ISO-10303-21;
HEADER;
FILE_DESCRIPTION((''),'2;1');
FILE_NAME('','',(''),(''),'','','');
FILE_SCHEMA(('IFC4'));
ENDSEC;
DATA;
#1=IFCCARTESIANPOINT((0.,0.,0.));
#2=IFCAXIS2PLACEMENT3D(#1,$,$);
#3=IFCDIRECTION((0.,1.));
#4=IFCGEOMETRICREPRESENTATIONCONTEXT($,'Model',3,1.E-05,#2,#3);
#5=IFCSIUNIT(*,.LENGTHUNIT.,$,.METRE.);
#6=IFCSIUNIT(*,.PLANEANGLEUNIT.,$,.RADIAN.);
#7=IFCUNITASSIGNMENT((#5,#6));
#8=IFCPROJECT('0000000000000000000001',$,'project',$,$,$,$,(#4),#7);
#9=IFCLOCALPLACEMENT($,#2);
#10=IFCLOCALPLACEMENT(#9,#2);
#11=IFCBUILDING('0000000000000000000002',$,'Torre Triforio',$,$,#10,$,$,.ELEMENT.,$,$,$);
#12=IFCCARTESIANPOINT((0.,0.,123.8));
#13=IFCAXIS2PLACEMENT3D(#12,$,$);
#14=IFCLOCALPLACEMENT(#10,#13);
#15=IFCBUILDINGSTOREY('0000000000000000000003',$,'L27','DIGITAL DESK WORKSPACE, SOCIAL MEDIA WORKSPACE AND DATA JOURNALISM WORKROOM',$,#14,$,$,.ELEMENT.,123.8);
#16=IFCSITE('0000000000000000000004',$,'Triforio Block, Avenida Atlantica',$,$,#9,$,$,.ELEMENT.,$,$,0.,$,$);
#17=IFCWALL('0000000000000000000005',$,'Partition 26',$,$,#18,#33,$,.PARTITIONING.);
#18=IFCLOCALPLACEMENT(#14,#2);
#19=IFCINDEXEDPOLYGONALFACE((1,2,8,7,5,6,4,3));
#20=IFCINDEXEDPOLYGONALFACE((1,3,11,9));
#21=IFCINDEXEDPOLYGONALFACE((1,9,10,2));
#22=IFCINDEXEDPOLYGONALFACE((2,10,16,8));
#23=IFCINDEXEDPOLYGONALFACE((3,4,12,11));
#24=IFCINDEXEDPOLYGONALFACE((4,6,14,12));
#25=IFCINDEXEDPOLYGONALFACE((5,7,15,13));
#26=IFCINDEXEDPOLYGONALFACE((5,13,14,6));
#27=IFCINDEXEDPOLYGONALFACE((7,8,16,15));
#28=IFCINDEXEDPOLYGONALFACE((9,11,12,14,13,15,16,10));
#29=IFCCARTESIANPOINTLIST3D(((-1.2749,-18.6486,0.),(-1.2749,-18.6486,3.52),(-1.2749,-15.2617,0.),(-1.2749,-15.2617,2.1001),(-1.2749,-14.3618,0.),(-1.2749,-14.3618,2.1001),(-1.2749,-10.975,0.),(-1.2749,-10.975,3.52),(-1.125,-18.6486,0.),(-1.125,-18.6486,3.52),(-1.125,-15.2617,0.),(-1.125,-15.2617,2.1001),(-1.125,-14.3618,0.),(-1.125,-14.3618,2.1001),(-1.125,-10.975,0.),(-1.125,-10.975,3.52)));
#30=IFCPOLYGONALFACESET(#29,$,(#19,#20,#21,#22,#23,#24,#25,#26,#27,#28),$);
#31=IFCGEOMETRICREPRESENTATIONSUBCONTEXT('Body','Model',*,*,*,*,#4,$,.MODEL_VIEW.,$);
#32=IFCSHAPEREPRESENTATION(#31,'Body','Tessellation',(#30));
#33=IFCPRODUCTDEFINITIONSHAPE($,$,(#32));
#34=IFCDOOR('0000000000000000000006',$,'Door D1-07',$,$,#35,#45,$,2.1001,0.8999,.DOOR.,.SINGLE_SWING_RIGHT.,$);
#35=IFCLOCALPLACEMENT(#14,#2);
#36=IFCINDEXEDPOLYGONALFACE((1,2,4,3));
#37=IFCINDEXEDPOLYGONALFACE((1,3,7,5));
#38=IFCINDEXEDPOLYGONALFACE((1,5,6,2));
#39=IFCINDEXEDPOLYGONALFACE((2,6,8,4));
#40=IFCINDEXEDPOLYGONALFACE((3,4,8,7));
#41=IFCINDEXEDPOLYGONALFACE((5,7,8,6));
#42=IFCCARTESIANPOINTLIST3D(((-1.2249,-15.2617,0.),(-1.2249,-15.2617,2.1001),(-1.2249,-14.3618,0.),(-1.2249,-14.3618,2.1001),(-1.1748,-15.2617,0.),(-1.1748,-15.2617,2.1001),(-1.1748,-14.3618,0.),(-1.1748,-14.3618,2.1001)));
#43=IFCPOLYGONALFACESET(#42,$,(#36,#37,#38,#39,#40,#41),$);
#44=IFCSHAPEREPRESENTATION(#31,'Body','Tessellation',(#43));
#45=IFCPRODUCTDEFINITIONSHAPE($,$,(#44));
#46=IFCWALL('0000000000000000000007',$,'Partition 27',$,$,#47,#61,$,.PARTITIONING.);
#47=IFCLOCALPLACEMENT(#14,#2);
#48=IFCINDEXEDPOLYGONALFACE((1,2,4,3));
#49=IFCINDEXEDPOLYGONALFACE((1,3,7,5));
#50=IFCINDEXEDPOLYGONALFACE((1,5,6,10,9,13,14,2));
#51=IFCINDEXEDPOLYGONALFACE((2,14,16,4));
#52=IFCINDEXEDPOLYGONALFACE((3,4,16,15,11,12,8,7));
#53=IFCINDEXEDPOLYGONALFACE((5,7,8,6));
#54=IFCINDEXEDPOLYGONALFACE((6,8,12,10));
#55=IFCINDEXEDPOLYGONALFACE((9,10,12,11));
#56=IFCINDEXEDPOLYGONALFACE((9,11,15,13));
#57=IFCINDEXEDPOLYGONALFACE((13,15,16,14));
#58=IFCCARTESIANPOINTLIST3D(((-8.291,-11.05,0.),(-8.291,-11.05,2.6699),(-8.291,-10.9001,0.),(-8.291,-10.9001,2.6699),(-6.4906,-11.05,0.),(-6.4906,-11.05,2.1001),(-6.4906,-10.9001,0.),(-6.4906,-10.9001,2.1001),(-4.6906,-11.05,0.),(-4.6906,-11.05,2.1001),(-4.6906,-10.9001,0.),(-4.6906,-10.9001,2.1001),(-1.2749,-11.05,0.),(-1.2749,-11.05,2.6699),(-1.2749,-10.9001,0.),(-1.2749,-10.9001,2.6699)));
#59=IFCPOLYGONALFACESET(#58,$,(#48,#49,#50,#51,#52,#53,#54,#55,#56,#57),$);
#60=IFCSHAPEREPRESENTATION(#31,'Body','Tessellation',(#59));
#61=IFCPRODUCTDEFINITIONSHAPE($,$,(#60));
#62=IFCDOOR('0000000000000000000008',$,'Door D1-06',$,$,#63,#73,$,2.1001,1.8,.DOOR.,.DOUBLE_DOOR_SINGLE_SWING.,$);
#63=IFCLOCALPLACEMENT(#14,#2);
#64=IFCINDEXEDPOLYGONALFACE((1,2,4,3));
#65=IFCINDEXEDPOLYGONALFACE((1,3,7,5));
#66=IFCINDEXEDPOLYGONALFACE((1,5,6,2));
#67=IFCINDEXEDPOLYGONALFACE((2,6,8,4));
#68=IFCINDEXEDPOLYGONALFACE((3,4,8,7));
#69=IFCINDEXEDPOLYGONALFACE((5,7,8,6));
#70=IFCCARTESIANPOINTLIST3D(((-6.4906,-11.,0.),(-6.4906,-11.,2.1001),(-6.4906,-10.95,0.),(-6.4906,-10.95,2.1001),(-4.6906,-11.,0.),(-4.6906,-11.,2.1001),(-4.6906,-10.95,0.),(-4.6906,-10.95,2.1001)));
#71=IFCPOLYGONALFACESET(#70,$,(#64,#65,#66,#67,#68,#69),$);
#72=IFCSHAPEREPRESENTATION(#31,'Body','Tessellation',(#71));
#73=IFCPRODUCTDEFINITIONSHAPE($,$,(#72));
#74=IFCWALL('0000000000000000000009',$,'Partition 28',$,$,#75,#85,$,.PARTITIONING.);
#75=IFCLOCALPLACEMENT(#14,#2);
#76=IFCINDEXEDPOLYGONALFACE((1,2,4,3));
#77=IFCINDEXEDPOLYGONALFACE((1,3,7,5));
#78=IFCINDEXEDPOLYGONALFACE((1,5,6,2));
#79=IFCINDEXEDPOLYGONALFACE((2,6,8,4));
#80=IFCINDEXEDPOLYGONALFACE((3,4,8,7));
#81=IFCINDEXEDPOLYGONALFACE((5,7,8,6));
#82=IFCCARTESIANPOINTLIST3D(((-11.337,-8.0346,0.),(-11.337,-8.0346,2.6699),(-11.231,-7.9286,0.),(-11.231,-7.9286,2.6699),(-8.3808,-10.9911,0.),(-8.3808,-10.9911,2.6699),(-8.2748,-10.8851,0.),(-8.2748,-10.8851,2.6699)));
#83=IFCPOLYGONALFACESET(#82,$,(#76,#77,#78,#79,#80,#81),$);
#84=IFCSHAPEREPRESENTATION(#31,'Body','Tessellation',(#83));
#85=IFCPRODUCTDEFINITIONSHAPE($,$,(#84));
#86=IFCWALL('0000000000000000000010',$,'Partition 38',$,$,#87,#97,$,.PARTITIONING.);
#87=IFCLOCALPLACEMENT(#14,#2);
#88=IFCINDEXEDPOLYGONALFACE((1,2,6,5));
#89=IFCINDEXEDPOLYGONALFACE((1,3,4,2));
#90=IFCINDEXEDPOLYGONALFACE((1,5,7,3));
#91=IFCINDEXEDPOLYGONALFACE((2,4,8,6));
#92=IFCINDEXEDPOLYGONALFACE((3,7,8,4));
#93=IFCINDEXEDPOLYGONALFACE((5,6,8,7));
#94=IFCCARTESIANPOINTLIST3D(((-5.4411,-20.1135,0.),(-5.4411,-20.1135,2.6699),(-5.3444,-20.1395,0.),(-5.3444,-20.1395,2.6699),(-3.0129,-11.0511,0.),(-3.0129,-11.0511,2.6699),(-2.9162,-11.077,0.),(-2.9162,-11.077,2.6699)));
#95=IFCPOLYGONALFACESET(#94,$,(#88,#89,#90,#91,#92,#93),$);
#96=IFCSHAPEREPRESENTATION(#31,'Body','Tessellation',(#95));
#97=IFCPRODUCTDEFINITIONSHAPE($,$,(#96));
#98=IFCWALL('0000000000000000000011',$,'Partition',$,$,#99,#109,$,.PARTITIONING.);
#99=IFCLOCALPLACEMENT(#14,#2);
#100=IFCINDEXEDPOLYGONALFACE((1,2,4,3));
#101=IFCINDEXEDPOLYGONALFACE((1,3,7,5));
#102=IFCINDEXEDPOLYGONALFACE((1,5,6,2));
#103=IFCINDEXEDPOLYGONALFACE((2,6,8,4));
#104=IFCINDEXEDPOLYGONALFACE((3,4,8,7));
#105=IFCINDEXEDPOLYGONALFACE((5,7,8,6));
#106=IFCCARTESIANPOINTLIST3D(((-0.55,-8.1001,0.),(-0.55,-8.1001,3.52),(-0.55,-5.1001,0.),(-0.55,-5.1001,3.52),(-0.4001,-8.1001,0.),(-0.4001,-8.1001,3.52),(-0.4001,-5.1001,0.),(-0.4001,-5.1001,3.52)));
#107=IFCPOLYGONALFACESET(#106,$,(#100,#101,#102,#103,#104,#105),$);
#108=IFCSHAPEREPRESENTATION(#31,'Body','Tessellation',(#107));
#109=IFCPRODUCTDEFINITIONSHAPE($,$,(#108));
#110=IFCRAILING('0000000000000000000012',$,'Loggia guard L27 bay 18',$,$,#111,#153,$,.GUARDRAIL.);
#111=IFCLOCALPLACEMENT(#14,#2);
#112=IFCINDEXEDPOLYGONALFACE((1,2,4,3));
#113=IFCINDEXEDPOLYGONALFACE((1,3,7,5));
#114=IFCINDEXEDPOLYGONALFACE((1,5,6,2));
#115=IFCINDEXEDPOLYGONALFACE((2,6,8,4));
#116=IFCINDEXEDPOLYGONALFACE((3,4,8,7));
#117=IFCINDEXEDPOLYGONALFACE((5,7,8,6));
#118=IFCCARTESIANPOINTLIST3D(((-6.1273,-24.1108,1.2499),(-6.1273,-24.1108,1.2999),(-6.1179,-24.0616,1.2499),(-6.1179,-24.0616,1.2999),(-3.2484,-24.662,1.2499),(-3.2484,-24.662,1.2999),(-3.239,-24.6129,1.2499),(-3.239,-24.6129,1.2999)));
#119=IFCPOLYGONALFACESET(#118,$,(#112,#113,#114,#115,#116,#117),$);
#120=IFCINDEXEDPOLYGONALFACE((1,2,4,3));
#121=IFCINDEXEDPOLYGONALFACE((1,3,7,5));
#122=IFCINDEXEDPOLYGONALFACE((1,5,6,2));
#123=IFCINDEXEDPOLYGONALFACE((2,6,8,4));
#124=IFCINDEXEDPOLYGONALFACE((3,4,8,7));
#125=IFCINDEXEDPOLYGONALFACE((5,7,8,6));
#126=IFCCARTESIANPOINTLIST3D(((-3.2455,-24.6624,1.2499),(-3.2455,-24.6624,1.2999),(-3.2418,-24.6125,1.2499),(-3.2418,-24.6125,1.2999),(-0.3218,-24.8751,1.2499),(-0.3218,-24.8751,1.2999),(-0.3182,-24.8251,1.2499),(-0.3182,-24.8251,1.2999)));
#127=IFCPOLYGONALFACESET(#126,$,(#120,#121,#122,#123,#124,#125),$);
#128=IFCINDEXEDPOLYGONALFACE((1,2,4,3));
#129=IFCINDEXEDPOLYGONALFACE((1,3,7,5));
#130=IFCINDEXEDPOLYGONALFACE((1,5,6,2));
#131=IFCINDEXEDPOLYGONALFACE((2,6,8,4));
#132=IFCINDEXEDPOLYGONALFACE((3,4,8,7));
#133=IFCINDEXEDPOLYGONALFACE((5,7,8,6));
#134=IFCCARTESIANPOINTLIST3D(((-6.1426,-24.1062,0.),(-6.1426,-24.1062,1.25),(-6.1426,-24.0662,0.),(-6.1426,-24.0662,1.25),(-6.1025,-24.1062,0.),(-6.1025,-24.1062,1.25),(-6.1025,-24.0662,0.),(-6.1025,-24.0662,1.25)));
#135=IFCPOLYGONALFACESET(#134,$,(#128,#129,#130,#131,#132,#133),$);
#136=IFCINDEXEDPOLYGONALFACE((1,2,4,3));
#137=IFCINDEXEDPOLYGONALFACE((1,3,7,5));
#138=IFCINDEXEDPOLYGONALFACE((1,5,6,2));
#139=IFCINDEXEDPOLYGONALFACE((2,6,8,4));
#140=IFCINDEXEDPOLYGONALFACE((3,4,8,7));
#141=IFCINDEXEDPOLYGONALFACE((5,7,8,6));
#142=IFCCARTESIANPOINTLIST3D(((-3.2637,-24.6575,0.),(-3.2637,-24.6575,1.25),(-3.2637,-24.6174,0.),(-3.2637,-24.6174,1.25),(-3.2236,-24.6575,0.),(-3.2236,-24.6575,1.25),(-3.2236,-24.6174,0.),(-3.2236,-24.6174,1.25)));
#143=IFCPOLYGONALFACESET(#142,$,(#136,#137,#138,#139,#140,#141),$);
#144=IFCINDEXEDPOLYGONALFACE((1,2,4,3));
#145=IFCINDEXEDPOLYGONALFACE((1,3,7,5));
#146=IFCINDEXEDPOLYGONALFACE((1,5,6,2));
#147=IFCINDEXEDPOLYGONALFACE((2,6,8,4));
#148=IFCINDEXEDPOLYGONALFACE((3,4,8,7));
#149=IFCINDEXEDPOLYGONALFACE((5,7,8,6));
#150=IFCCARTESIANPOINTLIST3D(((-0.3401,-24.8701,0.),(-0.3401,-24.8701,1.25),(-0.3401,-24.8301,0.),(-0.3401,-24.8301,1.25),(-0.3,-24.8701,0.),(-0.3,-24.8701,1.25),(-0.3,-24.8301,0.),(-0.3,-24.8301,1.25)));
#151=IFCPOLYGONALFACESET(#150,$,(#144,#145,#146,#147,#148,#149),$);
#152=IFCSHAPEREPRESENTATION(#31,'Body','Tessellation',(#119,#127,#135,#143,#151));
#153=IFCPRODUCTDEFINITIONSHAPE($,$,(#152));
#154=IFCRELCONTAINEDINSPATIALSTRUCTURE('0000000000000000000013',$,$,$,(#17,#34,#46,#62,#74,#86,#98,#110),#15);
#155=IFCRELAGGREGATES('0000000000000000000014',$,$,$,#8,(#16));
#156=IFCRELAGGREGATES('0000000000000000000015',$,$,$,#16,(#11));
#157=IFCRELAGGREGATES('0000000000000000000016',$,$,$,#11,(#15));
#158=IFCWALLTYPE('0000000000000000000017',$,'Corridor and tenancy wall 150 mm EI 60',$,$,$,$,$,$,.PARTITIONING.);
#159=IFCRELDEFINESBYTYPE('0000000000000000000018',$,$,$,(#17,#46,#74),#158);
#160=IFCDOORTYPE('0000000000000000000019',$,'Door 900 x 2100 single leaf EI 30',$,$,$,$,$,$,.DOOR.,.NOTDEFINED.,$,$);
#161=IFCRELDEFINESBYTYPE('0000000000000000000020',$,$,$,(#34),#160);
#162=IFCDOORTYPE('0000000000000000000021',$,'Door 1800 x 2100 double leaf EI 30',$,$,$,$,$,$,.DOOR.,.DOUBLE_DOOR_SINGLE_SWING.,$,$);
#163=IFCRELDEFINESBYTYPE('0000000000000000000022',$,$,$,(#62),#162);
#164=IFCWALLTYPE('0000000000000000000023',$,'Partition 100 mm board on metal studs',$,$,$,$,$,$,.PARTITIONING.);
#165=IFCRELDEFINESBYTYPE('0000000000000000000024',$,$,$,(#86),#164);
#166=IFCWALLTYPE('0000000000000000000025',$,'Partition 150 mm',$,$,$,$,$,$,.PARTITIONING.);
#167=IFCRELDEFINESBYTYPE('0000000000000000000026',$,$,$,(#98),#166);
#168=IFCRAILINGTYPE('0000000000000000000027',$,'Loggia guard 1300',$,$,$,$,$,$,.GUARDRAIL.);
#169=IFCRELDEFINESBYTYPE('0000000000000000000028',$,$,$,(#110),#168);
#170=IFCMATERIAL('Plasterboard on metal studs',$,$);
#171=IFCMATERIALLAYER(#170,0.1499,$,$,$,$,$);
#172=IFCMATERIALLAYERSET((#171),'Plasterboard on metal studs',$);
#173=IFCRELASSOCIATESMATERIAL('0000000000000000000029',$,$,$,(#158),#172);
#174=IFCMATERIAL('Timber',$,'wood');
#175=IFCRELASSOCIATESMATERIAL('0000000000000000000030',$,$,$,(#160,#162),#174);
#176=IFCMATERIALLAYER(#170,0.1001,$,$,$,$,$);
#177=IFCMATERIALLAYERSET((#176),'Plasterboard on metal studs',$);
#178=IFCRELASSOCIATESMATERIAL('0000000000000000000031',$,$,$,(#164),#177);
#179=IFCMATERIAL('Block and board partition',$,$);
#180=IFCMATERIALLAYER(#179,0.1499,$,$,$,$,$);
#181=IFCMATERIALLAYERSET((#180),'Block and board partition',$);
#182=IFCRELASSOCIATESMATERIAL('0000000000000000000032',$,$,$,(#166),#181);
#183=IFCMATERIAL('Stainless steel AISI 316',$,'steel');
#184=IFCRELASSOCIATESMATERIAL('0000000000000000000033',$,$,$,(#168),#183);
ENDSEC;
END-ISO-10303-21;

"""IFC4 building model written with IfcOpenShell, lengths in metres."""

from ifc_helpers import new_model, si_unit, direction, frame, frame_2d, origin, origin_2d, place, context, subcontext, project, spatial, rectangle, extrude, material, layer, layer_set, type_object, element, fill, save


model = new_model("IFC4")

# Units and contexts
model_context = context("Model", 3, precision=1e-05, world=origin(), true_north=direction((0.0, 1.0)))
body_context = subcontext(model_context, "Body", "Model", "MODEL_VIEW")
ifc_project = project(units=[si_unit("LENGTHUNIT", "METRE"), si_unit("PLANEANGLEUNIT", "RADIAN")], contexts=[model_context])

# Site, building, storey
site_placement = place(None, origin())
site = spatial("IfcSite", under=ifc_project, at=site_placement, Name="Triforio Block, Avenida Atlantica", CompositionType="ELEMENT", RefElevation=0.0)
building_placement = place(site_placement, origin())
building = spatial("IfcBuilding", under=site, at=building_placement, Name="Torre Triforio", CompositionType="ELEMENT")
storey_placement = place(building_placement, frame((0.0, 0.0, 123.8)))
storey = spatial("IfcBuildingStorey", under=building, at=storey_placement, Name="L27", Description="DIGITAL DESK WORKSPACE, SOCIAL MEDIA WORKSPACE AND DATA JOURNALISM WORKROOM", CompositionType="ELEMENT", Elevation=123.8)

# Walls, openings, doors
ifc_material_1 = material(Name="Plasterboard on metal studs")
ifc_layer_1 = layer(ifc_material_1, 0.1499)
ifc_layer_set_1 = layer_set([ifc_layer_1], Name="Plasterboard on metal studs")
wall_type_1 = type_object("IfcWallType", Name="Corridor and tenancy wall 150 mm EI 60", PredefinedType="PARTITIONING", material=ifc_layer_set_1)
wall_1_placement = place(storey_placement, frame((-1.2, -18.6487, 0.0), z_axis=(0.0, 0.0, 1.0), x_axis=(0.0, 1.0, 0.0)))
wall_1 = element("IfcWall", 1, at=wall_1_placement, inside=storey, type_object=wall_type_1, Name="Partition 26", PredefinedType="PARTITIONING", context=body_context, shape_type="SweptSolid", body=[
    extrude(rectangle(XDim=7.6736, YDim=0.1499, at=frame_2d((3.8369, 0.0))), origin(), (0.0, 0.0, 1.0), 3.52),
])
opening_1_placement = place(wall_1_placement, frame((3.387, 0.0, 0.0)))
opening_1 = element("IfcOpeningElement", 2, at=opening_1_placement, cuts=wall_1, PredefinedType="OPENING", context=body_context, shape_type="SweptSolid", body=[
    extrude(rectangle(XDim=0.8999, YDim=2.1001, at=frame_2d((0.45, 1.05))), frame((0.0, 0.085, 0.0), z_axis=(0.0, -1.0, 0.0), x_axis=(1.0, 0.0, 0.0)), (0.0, 0.0, 1.0), 0.1699),
])
ifc_material_2 = material(Name="Timber", Category="wood")
door_type_1 = type_object("IfcDoorType", Name="Door 900 x 2100 single leaf EI 30", OperationType="NOTDEFINED", PredefinedType="DOOR", material=ifc_material_2)
door_1_placement = place(opening_1_placement, origin())
door_1 = element("IfcDoor", 3, at=door_1_placement, inside=storey, type_object=door_type_1, Name="Door D1-07", OperationType="SINGLE_SWING_RIGHT", OverallHeight=2.1001, OverallWidth=0.8999, PredefinedType="DOOR", context=body_context, shape_type="SweptSolid", body=[
    extrude(rectangle(XDim=0.8999, YDim=2.1001, at=frame_2d((0.45, 1.05))), frame((0.0, 0.0249, 0.0), z_axis=(0.0, -1.0, 0.0), x_axis=(1.0, 0.0, 0.0)), (0.0, 0.0, 1.0), 0.05),
])
fill(opening_1, door_1)
wall_2_placement = place(storey_placement, frame((-1.2749, -10.9751, 0.0), z_axis=(0.0, 0.0, 1.0), x_axis=(-1.0, 0.0, 0.0)))
wall_2 = element("IfcWall", 4, at=wall_2_placement, inside=storey, type_object=wall_type_1, Name="Partition 27", PredefinedType="PARTITIONING", context=body_context, shape_type="SweptSolid", body=[
    extrude(rectangle(XDim=7.0161, YDim=0.1499, at=frame_2d((3.5081, 0.0))), origin(), (0.0, 0.0, 1.0), 2.6699),
])
opening_2_placement = place(wall_2_placement, frame((3.4158, 0.0, 0.0)))
opening_2 = element("IfcOpeningElement", 5, at=opening_2_placement, cuts=wall_2, PredefinedType="OPENING", context=body_context, shape_type="SweptSolid", body=[
    extrude(rectangle(XDim=1.8, YDim=2.1001, at=frame_2d((0.8999, 1.05))), frame((0.0, 0.085, 0.0), z_axis=(0.0, -1.0, 0.0), x_axis=(1.0, 0.0, 0.0)), (0.0, 0.0, 1.0), 0.1699),
])
door_type_2 = type_object("IfcDoorType", Name="Door 1800 x 2100 double leaf EI 30", OperationType="DOUBLE_DOOR_SINGLE_SWING", PredefinedType="DOOR", material=ifc_material_2)
door_2_placement = place(opening_2_placement, origin())
door_2 = element("IfcDoor", 6, at=door_2_placement, inside=storey, type_object=door_type_2, Name="Door D1-06", OperationType="DOUBLE_DOOR_SINGLE_SWING", OverallHeight=2.1001, OverallWidth=1.8, PredefinedType="DOOR", context=body_context, shape_type="SweptSolid", body=[
    extrude(rectangle(XDim=1.8, YDim=2.1001, at=frame_2d((0.8999, 1.05))), frame((0.0, 0.0249, 0.0), z_axis=(0.0, -1.0, 0.0), x_axis=(1.0, 0.0, 0.0)), (0.0, 0.0, 1.0), 0.05),
])
fill(opening_2, door_2)

# Walls
wall_3_placement = place(storey_placement, frame((-8.3279, -10.938, 0.0), z_axis=(0.0, 0.0, 1.0), x_axis=(-0.707078, 0.707136, 0.0)))
element("IfcWall", 7, at=wall_3_placement, inside=storey, type_object=wall_type_1, Name="Partition 28", PredefinedType="PARTITIONING", context=body_context, shape_type="SweptSolid", body=[
    extrude(rectangle(XDim=4.1809, YDim=0.1499, at=frame_2d((2.0903, 0.0))), origin(), (0.0, 0.0, 1.0), 2.6699),
])
ifc_layer_2 = layer(ifc_material_1, 0.1001)
ifc_layer_set_2 = layer_set([ifc_layer_2], Name="Plasterboard on metal studs")
wall_type_2 = type_object("IfcWallType", Name="Partition 100 mm board on metal studs", PredefinedType="PARTITIONING", material=ifc_layer_set_2)
wall_4_placement = place(storey_placement, frame((-2.9646, -11.0642, 0.0), z_axis=(0.0, 0.0, 1.0), x_axis=(-0.258812, -0.965928, 0.0)))
element("IfcWall", 8, at=wall_4_placement, inside=storey, type_object=wall_type_2, Name="Partition 38", PredefinedType="PARTITIONING", context=body_context, shape_type="SweptSolid", body=[
    extrude(rectangle(XDim=9.3821, YDim=0.1001, at=frame_2d((4.6909, 0.0))), origin(), (0.0, 0.0, 1.0), 2.6699),
])
ifc_material_3 = material(Name="Block and board partition")
ifc_layer_3 = layer(ifc_material_3, 0.1499)
ifc_layer_set_3 = layer_set([ifc_layer_3], Name="Block and board partition")
wall_type_3 = type_object("IfcWallType", Name="Partition 150 mm", PredefinedType="PARTITIONING", material=ifc_layer_set_3)
wall_5_placement = place(storey_placement, frame((-0.4751, -8.1001, 0.0), z_axis=(0.0, 0.0, 1.0), x_axis=(0.0, 1.0, 0.0)))
element("IfcWall", 9, at=wall_5_placement, inside=storey, type_object=wall_type_3, Name="Partition", PredefinedType="PARTITIONING", context=body_context, shape_type="SweptSolid", body=[
    extrude(rectangle(XDim=3.0, YDim=0.1499, at=frame_2d((1.5, 0.0))), origin(), (0.0, 0.0, 1.0), 3.52),
])

# Railing
ifc_material_4 = material(Name="Stainless steel AISI 316", Category="steel")
railing_type = type_object("IfcRailingType", Name="Loggia guard 1300", PredefinedType="GUARDRAIL", material=ifc_material_4)
railing_placement = place(storey_placement, frame((-6.1226, -24.0862, 0.0)))
element("IfcRailing", 10, at=railing_placement, inside=storey, type_object=railing_type, Name="Loggia guard L27 bay 18", PredefinedType="GUARDRAIL", context=body_context, shape_type="SweptSolid", body=[
    extrude(rectangle(XDim=0.05, YDim=0.05, at=origin_2d()), frame((0.0, 0.0, 1.2749), z_axis=(0.982156, -0.188069, 0.0), x_axis=(0.188069, 0.982156, 0.0)), (0.0, 0.0, 1.0), 2.9312),
    extrude(rectangle(XDim=0.05, YDim=0.05, at=origin_2d()), frame((2.8789, -0.5513, 1.2749), z_axis=(0.997365, -0.072543, 0.0), x_axis=(0.072543, 0.997365, 0.0)), (0.0, 0.0, 1.0), 2.9314),
    extrude(rectangle(XDim=0.04, YDim=0.04, at=origin_2d()), origin(), (0.0, 0.0, 1.0), 1.25),
    extrude(rectangle(XDim=0.04, YDim=0.04, at=origin_2d()), frame((2.8789, -0.5513, 0.0)), (0.0, 0.0, 1.0), 1.25),
    extrude(rectangle(XDim=0.04, YDim=0.04, at=origin_2d()), frame((5.8025, -0.7639, 0.0)), (0.0, 0.0, 1.0), 1.25),
])

save(model, "model.ifc")
